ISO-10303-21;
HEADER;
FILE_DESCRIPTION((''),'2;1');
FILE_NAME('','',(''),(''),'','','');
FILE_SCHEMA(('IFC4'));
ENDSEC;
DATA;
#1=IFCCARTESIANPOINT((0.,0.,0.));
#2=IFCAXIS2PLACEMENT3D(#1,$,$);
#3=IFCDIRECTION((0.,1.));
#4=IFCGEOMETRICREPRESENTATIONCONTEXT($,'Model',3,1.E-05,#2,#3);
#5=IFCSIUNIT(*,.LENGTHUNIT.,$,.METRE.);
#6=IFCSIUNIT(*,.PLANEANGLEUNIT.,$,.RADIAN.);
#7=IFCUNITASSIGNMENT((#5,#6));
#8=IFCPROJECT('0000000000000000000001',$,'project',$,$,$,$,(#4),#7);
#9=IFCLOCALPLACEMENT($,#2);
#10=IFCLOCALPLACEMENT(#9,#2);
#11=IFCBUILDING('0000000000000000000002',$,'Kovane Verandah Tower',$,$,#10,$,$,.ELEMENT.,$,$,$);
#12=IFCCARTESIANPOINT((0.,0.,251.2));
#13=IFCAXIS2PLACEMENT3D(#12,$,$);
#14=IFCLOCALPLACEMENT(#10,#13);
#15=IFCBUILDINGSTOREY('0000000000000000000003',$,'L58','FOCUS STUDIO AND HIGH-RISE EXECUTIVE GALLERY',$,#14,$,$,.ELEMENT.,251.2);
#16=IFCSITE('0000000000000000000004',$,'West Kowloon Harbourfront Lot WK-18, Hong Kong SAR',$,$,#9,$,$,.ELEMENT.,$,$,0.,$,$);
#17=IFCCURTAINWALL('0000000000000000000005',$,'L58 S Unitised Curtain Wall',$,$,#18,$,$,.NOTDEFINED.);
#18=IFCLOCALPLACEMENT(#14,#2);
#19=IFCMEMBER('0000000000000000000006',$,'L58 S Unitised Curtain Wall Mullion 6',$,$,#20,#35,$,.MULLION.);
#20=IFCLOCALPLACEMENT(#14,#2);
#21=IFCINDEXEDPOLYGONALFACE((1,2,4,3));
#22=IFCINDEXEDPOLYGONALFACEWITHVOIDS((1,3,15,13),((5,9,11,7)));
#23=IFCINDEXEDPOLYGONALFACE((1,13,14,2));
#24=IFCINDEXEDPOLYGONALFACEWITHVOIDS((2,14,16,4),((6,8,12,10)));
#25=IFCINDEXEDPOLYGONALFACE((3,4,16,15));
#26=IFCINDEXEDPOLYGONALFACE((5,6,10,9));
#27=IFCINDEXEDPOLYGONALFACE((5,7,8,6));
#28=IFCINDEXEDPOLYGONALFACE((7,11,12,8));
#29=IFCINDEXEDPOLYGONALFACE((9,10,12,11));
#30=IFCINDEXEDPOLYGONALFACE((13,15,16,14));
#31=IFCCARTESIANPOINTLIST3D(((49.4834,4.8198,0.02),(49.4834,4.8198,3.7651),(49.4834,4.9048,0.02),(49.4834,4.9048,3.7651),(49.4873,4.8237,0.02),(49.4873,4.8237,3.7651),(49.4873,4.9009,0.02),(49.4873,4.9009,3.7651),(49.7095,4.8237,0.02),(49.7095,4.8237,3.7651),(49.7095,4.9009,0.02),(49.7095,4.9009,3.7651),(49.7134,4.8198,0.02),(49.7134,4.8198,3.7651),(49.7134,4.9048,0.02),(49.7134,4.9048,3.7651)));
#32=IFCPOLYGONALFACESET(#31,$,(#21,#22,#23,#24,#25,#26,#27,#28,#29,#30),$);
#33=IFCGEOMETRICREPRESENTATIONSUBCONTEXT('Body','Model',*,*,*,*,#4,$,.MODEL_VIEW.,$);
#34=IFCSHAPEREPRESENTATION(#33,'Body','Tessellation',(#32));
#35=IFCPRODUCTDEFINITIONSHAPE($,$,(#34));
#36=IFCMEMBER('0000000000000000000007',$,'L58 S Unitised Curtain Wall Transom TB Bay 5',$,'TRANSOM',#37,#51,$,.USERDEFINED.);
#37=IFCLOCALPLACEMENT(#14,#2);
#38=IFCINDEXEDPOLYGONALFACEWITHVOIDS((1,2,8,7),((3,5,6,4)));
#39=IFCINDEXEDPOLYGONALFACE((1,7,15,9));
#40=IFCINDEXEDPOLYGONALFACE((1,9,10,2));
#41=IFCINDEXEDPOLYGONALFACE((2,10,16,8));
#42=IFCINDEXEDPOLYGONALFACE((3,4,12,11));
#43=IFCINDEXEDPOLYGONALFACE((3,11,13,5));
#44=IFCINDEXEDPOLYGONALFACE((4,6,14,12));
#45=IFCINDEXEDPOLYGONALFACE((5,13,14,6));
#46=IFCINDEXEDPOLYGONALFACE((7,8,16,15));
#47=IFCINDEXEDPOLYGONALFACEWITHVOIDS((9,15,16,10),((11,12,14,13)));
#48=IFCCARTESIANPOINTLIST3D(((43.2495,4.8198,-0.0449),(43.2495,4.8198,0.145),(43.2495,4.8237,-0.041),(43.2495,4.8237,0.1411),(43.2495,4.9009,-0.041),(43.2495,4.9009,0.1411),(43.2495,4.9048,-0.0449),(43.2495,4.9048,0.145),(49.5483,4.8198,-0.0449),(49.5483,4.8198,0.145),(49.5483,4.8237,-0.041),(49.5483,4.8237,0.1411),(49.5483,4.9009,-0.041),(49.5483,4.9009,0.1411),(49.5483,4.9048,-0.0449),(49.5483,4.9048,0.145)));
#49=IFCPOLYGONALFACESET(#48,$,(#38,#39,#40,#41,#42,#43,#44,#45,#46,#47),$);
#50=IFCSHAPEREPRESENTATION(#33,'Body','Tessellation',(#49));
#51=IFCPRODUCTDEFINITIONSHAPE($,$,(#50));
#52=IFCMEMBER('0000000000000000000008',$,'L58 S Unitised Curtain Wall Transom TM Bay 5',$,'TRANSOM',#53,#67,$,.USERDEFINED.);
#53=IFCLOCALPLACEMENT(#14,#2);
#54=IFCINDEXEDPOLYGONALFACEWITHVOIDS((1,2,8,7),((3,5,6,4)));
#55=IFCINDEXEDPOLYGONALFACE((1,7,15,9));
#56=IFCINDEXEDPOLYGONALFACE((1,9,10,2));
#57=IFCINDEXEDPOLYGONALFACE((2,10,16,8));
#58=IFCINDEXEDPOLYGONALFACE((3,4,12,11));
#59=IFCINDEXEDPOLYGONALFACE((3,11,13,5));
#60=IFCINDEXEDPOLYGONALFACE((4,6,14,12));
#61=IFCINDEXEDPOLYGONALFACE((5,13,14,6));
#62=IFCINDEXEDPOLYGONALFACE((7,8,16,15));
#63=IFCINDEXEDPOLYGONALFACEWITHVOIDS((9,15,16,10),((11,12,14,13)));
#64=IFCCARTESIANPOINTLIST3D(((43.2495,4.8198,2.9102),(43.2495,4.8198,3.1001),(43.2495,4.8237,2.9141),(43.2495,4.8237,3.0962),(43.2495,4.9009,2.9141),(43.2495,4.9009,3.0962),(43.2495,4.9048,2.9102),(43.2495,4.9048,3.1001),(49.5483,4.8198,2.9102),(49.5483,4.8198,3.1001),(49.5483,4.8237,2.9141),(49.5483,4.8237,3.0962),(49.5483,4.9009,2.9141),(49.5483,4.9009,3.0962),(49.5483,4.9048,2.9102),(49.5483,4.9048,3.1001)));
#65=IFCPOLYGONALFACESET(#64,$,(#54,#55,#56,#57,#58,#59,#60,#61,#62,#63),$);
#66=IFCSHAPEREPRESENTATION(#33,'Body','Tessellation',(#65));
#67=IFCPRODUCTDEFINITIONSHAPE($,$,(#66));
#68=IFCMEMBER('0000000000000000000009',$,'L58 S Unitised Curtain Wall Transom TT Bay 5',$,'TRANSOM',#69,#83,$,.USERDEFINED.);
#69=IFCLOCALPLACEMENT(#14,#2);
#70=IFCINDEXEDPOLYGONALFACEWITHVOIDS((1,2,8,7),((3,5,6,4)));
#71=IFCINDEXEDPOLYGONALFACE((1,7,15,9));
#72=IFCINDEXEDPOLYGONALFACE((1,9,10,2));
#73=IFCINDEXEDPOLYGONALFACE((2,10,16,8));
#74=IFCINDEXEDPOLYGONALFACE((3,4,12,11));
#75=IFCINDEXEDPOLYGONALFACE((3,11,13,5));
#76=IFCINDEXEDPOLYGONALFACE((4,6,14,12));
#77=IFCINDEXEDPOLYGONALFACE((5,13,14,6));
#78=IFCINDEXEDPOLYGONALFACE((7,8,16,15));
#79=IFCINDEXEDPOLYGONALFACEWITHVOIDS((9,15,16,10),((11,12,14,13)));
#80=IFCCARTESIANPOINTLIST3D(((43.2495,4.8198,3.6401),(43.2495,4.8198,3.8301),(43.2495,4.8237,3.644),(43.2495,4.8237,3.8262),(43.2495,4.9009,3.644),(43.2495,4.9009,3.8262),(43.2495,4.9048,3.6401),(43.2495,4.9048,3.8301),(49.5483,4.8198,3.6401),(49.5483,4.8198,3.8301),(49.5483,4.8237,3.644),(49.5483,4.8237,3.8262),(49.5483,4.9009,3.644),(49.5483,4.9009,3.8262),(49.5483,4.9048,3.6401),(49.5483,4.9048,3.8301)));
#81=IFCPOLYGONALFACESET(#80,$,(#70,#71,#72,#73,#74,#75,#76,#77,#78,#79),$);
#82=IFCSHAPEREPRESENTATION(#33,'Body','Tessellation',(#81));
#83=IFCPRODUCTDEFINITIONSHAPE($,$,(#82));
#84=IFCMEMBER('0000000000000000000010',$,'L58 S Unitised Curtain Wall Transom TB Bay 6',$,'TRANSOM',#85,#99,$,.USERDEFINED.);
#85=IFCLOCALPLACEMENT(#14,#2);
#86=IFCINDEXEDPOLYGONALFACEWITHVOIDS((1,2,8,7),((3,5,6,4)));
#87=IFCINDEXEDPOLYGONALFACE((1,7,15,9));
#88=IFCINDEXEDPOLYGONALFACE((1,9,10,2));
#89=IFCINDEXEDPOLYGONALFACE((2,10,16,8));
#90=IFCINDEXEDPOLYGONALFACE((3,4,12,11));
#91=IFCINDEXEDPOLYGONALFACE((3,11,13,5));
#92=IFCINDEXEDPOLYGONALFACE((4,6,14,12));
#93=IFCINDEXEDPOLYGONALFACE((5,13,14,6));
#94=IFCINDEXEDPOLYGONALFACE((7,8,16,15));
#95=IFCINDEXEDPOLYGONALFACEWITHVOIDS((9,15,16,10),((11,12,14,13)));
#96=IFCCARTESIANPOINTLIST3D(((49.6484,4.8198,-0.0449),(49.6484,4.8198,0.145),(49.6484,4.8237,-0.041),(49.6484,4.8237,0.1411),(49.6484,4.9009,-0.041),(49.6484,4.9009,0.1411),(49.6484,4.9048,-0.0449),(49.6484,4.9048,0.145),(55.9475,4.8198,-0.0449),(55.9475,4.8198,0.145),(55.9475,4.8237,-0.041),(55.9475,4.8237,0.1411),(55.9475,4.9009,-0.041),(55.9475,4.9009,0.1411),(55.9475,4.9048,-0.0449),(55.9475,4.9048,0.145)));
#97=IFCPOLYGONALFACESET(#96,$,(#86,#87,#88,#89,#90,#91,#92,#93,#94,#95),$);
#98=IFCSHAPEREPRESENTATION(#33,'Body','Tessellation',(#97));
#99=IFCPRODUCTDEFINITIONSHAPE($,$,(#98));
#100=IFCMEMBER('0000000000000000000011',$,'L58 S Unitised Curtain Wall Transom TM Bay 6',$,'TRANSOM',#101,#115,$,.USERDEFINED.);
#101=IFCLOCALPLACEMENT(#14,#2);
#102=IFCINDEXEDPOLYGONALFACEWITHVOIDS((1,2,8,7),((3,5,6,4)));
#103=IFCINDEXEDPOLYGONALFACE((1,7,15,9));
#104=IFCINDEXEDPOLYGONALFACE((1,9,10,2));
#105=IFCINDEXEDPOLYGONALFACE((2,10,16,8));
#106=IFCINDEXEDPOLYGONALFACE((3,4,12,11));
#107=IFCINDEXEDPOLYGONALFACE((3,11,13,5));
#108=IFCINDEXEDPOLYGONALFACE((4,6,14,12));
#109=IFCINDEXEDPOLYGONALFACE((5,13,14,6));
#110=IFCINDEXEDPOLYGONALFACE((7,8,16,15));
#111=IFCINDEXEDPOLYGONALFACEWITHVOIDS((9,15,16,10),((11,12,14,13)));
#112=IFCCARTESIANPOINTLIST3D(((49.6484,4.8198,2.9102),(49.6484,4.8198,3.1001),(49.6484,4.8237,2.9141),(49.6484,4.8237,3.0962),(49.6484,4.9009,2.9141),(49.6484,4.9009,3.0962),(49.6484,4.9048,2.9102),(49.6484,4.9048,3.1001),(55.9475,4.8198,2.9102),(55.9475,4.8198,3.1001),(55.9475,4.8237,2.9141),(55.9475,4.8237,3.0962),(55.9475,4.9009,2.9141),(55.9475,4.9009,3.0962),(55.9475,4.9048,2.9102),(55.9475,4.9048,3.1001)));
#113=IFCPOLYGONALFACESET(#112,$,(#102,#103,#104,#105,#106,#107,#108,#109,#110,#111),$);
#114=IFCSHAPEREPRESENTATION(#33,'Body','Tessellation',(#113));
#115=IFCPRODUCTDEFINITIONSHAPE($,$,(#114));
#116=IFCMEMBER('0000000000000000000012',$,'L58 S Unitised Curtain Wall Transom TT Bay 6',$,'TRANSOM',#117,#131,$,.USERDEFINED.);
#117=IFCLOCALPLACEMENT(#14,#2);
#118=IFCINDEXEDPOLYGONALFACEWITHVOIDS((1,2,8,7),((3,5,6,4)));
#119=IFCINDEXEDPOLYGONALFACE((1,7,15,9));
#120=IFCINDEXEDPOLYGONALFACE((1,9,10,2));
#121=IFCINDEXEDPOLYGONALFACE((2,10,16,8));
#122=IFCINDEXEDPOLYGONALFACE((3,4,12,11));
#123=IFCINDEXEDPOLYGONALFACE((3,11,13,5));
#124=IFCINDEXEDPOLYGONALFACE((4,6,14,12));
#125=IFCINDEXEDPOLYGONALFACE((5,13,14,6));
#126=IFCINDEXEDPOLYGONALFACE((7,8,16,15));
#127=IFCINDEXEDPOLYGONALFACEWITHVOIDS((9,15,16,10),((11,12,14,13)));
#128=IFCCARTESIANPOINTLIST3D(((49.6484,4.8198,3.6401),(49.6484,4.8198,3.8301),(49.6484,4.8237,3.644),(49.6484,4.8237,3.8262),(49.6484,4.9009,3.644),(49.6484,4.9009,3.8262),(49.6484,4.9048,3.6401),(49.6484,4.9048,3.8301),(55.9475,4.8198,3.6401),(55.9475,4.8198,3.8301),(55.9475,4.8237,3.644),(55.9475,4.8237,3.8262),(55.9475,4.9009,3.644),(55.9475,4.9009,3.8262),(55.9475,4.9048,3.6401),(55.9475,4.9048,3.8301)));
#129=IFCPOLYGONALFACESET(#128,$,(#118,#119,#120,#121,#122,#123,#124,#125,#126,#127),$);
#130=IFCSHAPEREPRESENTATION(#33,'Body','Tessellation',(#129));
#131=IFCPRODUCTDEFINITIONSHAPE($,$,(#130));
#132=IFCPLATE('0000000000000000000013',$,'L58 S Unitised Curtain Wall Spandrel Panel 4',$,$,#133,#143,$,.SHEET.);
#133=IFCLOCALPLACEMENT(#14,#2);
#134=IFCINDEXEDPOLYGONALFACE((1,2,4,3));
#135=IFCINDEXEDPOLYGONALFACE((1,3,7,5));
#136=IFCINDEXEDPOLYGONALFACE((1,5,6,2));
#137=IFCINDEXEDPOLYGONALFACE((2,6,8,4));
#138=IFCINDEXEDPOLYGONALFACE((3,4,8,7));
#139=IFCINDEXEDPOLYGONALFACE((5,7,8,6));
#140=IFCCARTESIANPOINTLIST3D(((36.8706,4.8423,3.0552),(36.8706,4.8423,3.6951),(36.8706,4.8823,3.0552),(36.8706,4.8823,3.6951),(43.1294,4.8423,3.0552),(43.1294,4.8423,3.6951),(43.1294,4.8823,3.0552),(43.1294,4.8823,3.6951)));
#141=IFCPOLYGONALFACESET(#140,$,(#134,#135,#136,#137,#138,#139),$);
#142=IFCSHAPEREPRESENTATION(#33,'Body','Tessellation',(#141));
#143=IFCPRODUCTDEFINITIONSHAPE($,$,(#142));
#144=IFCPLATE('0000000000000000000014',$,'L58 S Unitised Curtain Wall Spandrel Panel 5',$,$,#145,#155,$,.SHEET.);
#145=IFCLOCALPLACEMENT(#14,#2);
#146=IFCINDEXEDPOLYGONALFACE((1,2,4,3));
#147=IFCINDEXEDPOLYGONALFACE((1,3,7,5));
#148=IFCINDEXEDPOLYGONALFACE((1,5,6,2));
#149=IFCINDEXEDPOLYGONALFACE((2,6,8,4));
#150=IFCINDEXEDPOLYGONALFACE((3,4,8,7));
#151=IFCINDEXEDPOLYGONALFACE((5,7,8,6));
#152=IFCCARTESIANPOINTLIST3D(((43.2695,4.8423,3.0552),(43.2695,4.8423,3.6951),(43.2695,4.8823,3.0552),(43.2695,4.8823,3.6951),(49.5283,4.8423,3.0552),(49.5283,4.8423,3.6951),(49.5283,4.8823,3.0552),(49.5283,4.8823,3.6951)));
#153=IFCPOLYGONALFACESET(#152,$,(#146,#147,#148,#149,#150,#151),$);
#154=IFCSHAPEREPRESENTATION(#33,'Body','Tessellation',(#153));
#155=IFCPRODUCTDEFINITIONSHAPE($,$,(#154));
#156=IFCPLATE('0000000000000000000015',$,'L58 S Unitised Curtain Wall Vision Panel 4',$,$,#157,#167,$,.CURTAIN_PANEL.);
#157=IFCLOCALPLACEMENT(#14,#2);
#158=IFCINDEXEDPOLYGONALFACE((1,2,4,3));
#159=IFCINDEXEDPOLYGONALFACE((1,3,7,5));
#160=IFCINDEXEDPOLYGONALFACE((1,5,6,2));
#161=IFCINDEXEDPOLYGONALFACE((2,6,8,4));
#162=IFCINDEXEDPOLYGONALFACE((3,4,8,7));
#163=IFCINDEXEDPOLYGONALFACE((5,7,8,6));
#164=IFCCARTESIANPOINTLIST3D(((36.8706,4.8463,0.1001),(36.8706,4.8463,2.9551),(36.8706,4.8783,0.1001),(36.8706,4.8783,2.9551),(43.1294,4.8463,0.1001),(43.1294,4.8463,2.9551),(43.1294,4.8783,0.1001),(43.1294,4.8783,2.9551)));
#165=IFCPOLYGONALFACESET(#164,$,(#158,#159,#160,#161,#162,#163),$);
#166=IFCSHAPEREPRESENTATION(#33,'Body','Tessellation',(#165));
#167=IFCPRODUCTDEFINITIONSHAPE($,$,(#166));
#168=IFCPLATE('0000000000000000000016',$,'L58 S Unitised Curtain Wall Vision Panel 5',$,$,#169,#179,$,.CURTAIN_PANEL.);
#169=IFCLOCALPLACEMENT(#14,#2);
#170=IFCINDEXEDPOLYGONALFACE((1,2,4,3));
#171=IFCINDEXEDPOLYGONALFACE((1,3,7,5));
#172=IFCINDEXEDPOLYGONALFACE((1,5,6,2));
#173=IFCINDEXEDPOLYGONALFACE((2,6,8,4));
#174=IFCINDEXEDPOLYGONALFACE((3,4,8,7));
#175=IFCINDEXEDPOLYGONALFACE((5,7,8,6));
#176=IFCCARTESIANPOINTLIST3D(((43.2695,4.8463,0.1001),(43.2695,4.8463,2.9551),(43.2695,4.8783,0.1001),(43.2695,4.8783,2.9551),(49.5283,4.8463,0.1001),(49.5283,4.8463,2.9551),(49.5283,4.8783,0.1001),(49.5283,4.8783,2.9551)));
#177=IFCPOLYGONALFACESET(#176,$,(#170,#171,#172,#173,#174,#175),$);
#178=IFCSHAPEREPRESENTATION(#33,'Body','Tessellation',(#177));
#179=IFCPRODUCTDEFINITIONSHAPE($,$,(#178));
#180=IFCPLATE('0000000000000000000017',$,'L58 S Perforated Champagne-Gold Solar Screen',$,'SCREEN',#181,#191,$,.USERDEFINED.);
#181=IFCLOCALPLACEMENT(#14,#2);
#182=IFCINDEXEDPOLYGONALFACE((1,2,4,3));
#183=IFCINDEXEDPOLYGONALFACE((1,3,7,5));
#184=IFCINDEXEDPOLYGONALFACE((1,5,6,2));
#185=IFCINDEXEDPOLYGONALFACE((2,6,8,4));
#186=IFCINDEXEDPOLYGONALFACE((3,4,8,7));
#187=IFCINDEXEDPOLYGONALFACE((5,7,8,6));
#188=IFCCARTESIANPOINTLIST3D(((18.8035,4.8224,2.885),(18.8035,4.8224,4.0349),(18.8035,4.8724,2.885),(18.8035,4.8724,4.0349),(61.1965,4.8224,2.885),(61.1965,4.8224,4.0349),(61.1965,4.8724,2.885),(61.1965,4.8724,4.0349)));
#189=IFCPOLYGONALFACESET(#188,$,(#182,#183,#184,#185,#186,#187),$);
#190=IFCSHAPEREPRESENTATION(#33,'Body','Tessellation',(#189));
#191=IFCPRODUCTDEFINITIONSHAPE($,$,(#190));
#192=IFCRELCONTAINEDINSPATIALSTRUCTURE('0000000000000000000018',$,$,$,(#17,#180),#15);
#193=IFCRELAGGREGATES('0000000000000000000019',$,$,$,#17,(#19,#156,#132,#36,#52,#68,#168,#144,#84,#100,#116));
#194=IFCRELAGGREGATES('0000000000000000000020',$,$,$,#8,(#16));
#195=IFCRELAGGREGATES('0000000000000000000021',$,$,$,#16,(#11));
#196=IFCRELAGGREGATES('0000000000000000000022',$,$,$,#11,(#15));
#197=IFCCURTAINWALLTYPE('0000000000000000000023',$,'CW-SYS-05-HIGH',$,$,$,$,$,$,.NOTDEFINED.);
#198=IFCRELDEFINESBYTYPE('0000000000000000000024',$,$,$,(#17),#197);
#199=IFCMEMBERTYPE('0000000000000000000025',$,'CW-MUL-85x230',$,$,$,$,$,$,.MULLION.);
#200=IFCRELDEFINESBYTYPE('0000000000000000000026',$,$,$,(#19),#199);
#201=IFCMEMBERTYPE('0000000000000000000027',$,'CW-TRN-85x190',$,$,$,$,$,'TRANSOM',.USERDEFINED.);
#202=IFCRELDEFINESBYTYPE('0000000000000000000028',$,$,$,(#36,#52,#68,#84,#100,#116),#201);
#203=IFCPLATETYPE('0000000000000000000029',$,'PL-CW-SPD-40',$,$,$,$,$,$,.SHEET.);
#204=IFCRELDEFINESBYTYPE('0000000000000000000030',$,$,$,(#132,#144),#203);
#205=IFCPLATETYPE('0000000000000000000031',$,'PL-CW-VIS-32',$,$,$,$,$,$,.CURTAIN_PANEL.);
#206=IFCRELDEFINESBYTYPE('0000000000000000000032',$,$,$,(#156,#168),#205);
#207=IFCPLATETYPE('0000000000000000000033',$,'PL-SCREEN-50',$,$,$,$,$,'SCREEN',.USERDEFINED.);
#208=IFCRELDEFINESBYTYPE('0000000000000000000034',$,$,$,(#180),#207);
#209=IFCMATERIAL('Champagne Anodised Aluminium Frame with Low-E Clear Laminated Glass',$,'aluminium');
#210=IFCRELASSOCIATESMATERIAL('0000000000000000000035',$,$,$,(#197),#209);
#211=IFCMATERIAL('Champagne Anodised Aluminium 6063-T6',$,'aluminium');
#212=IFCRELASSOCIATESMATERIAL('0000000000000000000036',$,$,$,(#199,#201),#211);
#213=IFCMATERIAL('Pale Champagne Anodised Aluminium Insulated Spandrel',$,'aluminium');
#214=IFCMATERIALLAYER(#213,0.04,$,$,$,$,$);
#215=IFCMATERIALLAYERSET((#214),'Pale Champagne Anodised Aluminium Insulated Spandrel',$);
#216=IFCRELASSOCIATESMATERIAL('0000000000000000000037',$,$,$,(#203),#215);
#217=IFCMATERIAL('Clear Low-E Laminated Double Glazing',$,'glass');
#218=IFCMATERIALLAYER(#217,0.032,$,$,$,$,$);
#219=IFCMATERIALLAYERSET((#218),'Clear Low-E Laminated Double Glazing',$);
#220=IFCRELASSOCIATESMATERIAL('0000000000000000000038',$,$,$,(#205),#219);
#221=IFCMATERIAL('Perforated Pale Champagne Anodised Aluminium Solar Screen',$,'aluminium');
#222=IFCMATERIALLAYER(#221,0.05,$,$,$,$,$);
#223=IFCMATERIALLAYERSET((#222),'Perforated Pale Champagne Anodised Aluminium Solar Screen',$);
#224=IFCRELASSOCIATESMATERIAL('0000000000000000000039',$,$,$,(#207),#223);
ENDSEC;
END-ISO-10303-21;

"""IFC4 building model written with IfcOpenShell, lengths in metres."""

from ifc_helpers import new_model, si_unit, direction, frame, origin, origin_2d, place, context, subcontext, project, spatial, rectangle, hollow_rectangle, extrude, material, layer, layer_set, material_profile, profile_set, type_object, element, aggregate, save


model = new_model("IFC4")

# Units and contexts
model_context = context("Model", 3, precision=1e-05, world=origin(), true_north=direction((0.0, 1.0)))
body_context = subcontext(model_context, "Body", "Model", "MODEL_VIEW")
ifc_project = project(units=[si_unit("LENGTHUNIT", "METRE"), si_unit("PLANEANGLEUNIT", "RADIAN")], contexts=[model_context])

# Site, building, storey
site_placement = place(None, origin())
site = spatial("IfcSite", under=ifc_project, at=site_placement, Name="West Kowloon Harbourfront Lot WK-18, Hong Kong SAR", CompositionType="ELEMENT", RefElevation=0.0)
building_placement = place(site_placement, origin())
building = spatial("IfcBuilding", under=site, at=building_placement, Name="Kovane Verandah Tower", CompositionType="ELEMENT")
storey_placement = place(building_placement, frame((0.0, 0.0, 251.2)))
storey = spatial("IfcBuildingStorey", under=building, at=storey_placement, Name="L58", Description="FOCUS STUDIO AND HIGH-RISE EXECUTIVE GALLERY", CompositionType="ELEMENT", Elevation=251.2)

# Curtain wall, members, plates
ifc_material_1 = material(Name="Champagne Anodised Aluminium Frame with Low-E Clear Laminated Glass", Category="aluminium")
curtain_wall_type = type_object("IfcCurtainWallType", Name="CW-SYS-05-HIGH", PredefinedType="NOTDEFINED", material=ifc_material_1)
curtain_wall_placement = place(storey_placement, origin())
curtain_wall = element("IfcCurtainWall", 1, at=curtain_wall_placement, inside=storey, type_object=curtain_wall_type, Name="L58 S Unitised Curtain Wall", PredefinedType="NOTDEFINED")
ifc_material_2 = material(Name="Champagne Anodised Aluminium 6063-T6", Category="aluminium")
ifc_material_profile_1 = material_profile(ifc_material_2, hollow_rectangle(XDim=0.085, YDim=0.23, WallThickness=0.0039, at=origin_2d()), Name="AL85x230x4")
ifc_profile_set_1 = profile_set([ifc_material_profile_1], Name="Champagne Anodised Aluminium 6063-T6")
member_type_1 = type_object("IfcMemberType", Name="CW-MUL-85x230", PredefinedType="MULLION", material=ifc_profile_set_1)
member_1_placement = place(storey_placement, frame((49.5984, 4.8623, 0.02), z_axis=(0.0, 0.0, 1.0), x_axis=(0.0, -1.0, 0.0)))
member_1 = element("IfcMember", 2, at=member_1_placement, type_object=member_type_1, Name="L58 S Unitised Curtain Wall Mullion 6", PredefinedType="MULLION", context=body_context, shape_type="SweptSolid", body=[
    extrude(hollow_rectangle(XDim=0.085, YDim=0.23, WallThickness=0.0039, at=origin_2d()), origin(), (0.0, 0.0, 1.0), 3.7451),
])
ifc_material_profile_2 = material_profile(ifc_material_2, hollow_rectangle(XDim=0.085, YDim=0.1899, WallThickness=0.0039, at=origin_2d()), Name="AL85x190x4")
ifc_profile_set_2 = profile_set([ifc_material_profile_2], Name="Champagne Anodised Aluminium 6063-T6")
member_type_2 = type_object("IfcMemberType", Name="CW-TRN-85x190", ElementType="TRANSOM", PredefinedType="USERDEFINED", material=ifc_profile_set_2)
member_2_placement = place(storey_placement, frame((43.2495, 4.8623, 0.05), z_axis=(1.0, 0.0, 0.0), x_axis=(0.0, 1.0, 0.0)))
member_2 = element("IfcMember", 3, at=member_2_placement, type_object=member_type_2, Name="L58 S Unitised Curtain Wall Transom TB Bay 5", ObjectType="TRANSOM", PredefinedType="USERDEFINED", context=body_context, shape_type="SweptSolid", body=[
    extrude(hollow_rectangle(XDim=0.085, YDim=0.1899, WallThickness=0.0039, at=origin_2d()), origin(), (0.0, 0.0, 1.0), 6.2988),
])
member_3_placement = place(storey_placement, frame((43.2495, 4.8623, 3.0051), z_axis=(1.0, 0.0, 0.0), x_axis=(0.0, 1.0, 0.0)))
member_3 = element("IfcMember", 4, at=member_3_placement, type_object=member_type_2, Name="L58 S Unitised Curtain Wall Transom TM Bay 5", ObjectType="TRANSOM", PredefinedType="USERDEFINED", context=body_context, shape_type="SweptSolid", body=[
    extrude(hollow_rectangle(XDim=0.085, YDim=0.1899, WallThickness=0.0039, at=origin_2d()), origin(), (0.0, 0.0, 1.0), 6.2988),
])
member_4_placement = place(storey_placement, frame((43.2495, 4.8623, 3.7351), z_axis=(1.0, 0.0, 0.0), x_axis=(0.0, 1.0, 0.0)))
member_4 = element("IfcMember", 5, at=member_4_placement, type_object=member_type_2, Name="L58 S Unitised Curtain Wall Transom TT Bay 5", ObjectType="TRANSOM", PredefinedType="USERDEFINED", context=body_context, shape_type="SweptSolid", body=[
    extrude(hollow_rectangle(XDim=0.085, YDim=0.1899, WallThickness=0.0039, at=origin_2d()), origin(), (0.0, 0.0, 1.0), 6.2988),
])
member_5_placement = place(storey_placement, frame((49.6484, 4.8623, 0.05), z_axis=(1.0, 0.0, 0.0), x_axis=(0.0, 1.0, 0.0)))
member_5 = element("IfcMember", 6, at=member_5_placement, type_object=member_type_2, Name="L58 S Unitised Curtain Wall Transom TB Bay 6", ObjectType="TRANSOM", PredefinedType="USERDEFINED", context=body_context, shape_type="SweptSolid", body=[
    extrude(hollow_rectangle(XDim=0.085, YDim=0.1899, WallThickness=0.0039, at=origin_2d()), origin(), (0.0, 0.0, 1.0), 6.2991),
])
member_6_placement = place(storey_placement, frame((49.6484, 4.8623, 3.0051), z_axis=(1.0, 0.0, 0.0), x_axis=(0.0, 1.0, 0.0)))
member_6 = element("IfcMember", 7, at=member_6_placement, type_object=member_type_2, Name="L58 S Unitised Curtain Wall Transom TM Bay 6", ObjectType="TRANSOM", PredefinedType="USERDEFINED", context=body_context, shape_type="SweptSolid", body=[
    extrude(hollow_rectangle(XDim=0.085, YDim=0.1899, WallThickness=0.0039, at=origin_2d()), origin(), (0.0, 0.0, 1.0), 6.2991),
])
member_7_placement = place(storey_placement, frame((49.6484, 4.8623, 3.7351), z_axis=(1.0, 0.0, 0.0), x_axis=(0.0, 1.0, 0.0)))
member_7 = element("IfcMember", 8, at=member_7_placement, type_object=member_type_2, Name="L58 S Unitised Curtain Wall Transom TT Bay 6", ObjectType="TRANSOM", PredefinedType="USERDEFINED", context=body_context, shape_type="SweptSolid", body=[
    extrude(hollow_rectangle(XDim=0.085, YDim=0.1899, WallThickness=0.0039, at=origin_2d()), origin(), (0.0, 0.0, 1.0), 6.2991),
])
ifc_material_3 = material(Name="Pale Champagne Anodised Aluminium Insulated Spandrel", Category="aluminium")
ifc_layer_1 = layer(ifc_material_3, 0.04)
ifc_layer_set_1 = layer_set([ifc_layer_1], Name="Pale Champagne Anodised Aluminium Insulated Spandrel")
plate_type_1 = type_object("IfcPlateType", Name="PL-CW-SPD-40", PredefinedType="SHEET", material=ifc_layer_set_1)
plate_1_placement = place(storey_placement, frame((40.0, 4.8623, 3.0552), z_axis=(0.0, 0.0, 1.0), x_axis=(1.0, 0.0, 0.0)))
plate_1 = element("IfcPlate", 9, at=plate_1_placement, type_object=plate_type_1, Name="L58 S Unitised Curtain Wall Spandrel Panel 4", PredefinedType="SHEET", context=body_context, shape_type="SweptSolid", body=[
    extrude(rectangle(XDim=6.2588, YDim=0.04, at=origin_2d()), origin(), (0.0, 0.0, 1.0), 0.6399),
])
plate_2_placement = place(storey_placement, frame((46.3989, 4.8623, 3.0552), z_axis=(0.0, 0.0, 1.0), x_axis=(1.0, 0.0, 0.0)))
plate_2 = element("IfcPlate", 10, at=plate_2_placement, type_object=plate_type_1, Name="L58 S Unitised Curtain Wall Spandrel Panel 5", PredefinedType="SHEET", context=body_context, shape_type="SweptSolid", body=[
    extrude(rectangle(XDim=6.2588, YDim=0.04, at=origin_2d()), origin(), (0.0, 0.0, 1.0), 0.6399),
])
ifc_material_4 = material(Name="Clear Low-E Laminated Double Glazing", Category="glass")
ifc_layer_2 = layer(ifc_material_4, 0.032)
ifc_layer_set_2 = layer_set([ifc_layer_2], Name="Clear Low-E Laminated Double Glazing")
plate_type_2 = type_object("IfcPlateType", Name="PL-CW-VIS-32", PredefinedType="CURTAIN_PANEL", material=ifc_layer_set_2)
plate_3_placement = place(storey_placement, frame((40.0, 4.8623, 0.1001), z_axis=(0.0, 0.0, 1.0), x_axis=(1.0, 0.0, 0.0)))
plate_3 = element("IfcPlate", 11, at=plate_3_placement, type_object=plate_type_2, Name="L58 S Unitised Curtain Wall Vision Panel 4", PredefinedType="CURTAIN_PANEL", context=body_context, shape_type="SweptSolid", body=[
    extrude(rectangle(XDim=6.2588, YDim=0.032, at=origin_2d()), origin(), (0.0, 0.0, 1.0), 2.855),
])
plate_4_placement = place(storey_placement, frame((46.3989, 4.8623, 0.1001), z_axis=(0.0, 0.0, 1.0), x_axis=(1.0, 0.0, 0.0)))
plate_4 = element("IfcPlate", 12, at=plate_4_placement, type_object=plate_type_2, Name="L58 S Unitised Curtain Wall Vision Panel 5", PredefinedType="CURTAIN_PANEL", context=body_context, shape_type="SweptSolid", body=[
    extrude(rectangle(XDim=6.2588, YDim=0.032, at=origin_2d()), origin(), (0.0, 0.0, 1.0), 2.855),
])
aggregate(curtain_wall, [member_1, plate_3, plate_1, member_2, member_3, member_4, plate_4, plate_2, member_5, member_6, member_7])

# Plate
ifc_material_5 = material(Name="Perforated Pale Champagne Anodised Aluminium Solar Screen", Category="aluminium")
ifc_layer_3 = layer(ifc_material_5, 0.05)
ifc_layer_set_3 = layer_set([ifc_layer_3], Name="Perforated Pale Champagne Anodised Aluminium Solar Screen")
plate_type_3 = type_object("IfcPlateType", Name="PL-SCREEN-50", ElementType="SCREEN", PredefinedType="USERDEFINED", material=ifc_layer_set_3)
plate_5_placement = place(storey_placement, frame((40.0, 4.8474, 2.885), z_axis=(0.0, 0.0, 1.0), x_axis=(1.0, 0.0, 0.0)))
element("IfcPlate", 13, at=plate_5_placement, inside=storey, type_object=plate_type_3, Name="L58 S Perforated Champagne-Gold Solar Screen", ObjectType="SCREEN", PredefinedType="USERDEFINED", context=body_context, shape_type="SweptSolid", body=[
    extrude(rectangle(XDim=42.3931, YDim=0.05, at=origin_2d()), origin(), (0.0, 0.0, 1.0), 1.1499),
])

save(model, "model.ifc")
